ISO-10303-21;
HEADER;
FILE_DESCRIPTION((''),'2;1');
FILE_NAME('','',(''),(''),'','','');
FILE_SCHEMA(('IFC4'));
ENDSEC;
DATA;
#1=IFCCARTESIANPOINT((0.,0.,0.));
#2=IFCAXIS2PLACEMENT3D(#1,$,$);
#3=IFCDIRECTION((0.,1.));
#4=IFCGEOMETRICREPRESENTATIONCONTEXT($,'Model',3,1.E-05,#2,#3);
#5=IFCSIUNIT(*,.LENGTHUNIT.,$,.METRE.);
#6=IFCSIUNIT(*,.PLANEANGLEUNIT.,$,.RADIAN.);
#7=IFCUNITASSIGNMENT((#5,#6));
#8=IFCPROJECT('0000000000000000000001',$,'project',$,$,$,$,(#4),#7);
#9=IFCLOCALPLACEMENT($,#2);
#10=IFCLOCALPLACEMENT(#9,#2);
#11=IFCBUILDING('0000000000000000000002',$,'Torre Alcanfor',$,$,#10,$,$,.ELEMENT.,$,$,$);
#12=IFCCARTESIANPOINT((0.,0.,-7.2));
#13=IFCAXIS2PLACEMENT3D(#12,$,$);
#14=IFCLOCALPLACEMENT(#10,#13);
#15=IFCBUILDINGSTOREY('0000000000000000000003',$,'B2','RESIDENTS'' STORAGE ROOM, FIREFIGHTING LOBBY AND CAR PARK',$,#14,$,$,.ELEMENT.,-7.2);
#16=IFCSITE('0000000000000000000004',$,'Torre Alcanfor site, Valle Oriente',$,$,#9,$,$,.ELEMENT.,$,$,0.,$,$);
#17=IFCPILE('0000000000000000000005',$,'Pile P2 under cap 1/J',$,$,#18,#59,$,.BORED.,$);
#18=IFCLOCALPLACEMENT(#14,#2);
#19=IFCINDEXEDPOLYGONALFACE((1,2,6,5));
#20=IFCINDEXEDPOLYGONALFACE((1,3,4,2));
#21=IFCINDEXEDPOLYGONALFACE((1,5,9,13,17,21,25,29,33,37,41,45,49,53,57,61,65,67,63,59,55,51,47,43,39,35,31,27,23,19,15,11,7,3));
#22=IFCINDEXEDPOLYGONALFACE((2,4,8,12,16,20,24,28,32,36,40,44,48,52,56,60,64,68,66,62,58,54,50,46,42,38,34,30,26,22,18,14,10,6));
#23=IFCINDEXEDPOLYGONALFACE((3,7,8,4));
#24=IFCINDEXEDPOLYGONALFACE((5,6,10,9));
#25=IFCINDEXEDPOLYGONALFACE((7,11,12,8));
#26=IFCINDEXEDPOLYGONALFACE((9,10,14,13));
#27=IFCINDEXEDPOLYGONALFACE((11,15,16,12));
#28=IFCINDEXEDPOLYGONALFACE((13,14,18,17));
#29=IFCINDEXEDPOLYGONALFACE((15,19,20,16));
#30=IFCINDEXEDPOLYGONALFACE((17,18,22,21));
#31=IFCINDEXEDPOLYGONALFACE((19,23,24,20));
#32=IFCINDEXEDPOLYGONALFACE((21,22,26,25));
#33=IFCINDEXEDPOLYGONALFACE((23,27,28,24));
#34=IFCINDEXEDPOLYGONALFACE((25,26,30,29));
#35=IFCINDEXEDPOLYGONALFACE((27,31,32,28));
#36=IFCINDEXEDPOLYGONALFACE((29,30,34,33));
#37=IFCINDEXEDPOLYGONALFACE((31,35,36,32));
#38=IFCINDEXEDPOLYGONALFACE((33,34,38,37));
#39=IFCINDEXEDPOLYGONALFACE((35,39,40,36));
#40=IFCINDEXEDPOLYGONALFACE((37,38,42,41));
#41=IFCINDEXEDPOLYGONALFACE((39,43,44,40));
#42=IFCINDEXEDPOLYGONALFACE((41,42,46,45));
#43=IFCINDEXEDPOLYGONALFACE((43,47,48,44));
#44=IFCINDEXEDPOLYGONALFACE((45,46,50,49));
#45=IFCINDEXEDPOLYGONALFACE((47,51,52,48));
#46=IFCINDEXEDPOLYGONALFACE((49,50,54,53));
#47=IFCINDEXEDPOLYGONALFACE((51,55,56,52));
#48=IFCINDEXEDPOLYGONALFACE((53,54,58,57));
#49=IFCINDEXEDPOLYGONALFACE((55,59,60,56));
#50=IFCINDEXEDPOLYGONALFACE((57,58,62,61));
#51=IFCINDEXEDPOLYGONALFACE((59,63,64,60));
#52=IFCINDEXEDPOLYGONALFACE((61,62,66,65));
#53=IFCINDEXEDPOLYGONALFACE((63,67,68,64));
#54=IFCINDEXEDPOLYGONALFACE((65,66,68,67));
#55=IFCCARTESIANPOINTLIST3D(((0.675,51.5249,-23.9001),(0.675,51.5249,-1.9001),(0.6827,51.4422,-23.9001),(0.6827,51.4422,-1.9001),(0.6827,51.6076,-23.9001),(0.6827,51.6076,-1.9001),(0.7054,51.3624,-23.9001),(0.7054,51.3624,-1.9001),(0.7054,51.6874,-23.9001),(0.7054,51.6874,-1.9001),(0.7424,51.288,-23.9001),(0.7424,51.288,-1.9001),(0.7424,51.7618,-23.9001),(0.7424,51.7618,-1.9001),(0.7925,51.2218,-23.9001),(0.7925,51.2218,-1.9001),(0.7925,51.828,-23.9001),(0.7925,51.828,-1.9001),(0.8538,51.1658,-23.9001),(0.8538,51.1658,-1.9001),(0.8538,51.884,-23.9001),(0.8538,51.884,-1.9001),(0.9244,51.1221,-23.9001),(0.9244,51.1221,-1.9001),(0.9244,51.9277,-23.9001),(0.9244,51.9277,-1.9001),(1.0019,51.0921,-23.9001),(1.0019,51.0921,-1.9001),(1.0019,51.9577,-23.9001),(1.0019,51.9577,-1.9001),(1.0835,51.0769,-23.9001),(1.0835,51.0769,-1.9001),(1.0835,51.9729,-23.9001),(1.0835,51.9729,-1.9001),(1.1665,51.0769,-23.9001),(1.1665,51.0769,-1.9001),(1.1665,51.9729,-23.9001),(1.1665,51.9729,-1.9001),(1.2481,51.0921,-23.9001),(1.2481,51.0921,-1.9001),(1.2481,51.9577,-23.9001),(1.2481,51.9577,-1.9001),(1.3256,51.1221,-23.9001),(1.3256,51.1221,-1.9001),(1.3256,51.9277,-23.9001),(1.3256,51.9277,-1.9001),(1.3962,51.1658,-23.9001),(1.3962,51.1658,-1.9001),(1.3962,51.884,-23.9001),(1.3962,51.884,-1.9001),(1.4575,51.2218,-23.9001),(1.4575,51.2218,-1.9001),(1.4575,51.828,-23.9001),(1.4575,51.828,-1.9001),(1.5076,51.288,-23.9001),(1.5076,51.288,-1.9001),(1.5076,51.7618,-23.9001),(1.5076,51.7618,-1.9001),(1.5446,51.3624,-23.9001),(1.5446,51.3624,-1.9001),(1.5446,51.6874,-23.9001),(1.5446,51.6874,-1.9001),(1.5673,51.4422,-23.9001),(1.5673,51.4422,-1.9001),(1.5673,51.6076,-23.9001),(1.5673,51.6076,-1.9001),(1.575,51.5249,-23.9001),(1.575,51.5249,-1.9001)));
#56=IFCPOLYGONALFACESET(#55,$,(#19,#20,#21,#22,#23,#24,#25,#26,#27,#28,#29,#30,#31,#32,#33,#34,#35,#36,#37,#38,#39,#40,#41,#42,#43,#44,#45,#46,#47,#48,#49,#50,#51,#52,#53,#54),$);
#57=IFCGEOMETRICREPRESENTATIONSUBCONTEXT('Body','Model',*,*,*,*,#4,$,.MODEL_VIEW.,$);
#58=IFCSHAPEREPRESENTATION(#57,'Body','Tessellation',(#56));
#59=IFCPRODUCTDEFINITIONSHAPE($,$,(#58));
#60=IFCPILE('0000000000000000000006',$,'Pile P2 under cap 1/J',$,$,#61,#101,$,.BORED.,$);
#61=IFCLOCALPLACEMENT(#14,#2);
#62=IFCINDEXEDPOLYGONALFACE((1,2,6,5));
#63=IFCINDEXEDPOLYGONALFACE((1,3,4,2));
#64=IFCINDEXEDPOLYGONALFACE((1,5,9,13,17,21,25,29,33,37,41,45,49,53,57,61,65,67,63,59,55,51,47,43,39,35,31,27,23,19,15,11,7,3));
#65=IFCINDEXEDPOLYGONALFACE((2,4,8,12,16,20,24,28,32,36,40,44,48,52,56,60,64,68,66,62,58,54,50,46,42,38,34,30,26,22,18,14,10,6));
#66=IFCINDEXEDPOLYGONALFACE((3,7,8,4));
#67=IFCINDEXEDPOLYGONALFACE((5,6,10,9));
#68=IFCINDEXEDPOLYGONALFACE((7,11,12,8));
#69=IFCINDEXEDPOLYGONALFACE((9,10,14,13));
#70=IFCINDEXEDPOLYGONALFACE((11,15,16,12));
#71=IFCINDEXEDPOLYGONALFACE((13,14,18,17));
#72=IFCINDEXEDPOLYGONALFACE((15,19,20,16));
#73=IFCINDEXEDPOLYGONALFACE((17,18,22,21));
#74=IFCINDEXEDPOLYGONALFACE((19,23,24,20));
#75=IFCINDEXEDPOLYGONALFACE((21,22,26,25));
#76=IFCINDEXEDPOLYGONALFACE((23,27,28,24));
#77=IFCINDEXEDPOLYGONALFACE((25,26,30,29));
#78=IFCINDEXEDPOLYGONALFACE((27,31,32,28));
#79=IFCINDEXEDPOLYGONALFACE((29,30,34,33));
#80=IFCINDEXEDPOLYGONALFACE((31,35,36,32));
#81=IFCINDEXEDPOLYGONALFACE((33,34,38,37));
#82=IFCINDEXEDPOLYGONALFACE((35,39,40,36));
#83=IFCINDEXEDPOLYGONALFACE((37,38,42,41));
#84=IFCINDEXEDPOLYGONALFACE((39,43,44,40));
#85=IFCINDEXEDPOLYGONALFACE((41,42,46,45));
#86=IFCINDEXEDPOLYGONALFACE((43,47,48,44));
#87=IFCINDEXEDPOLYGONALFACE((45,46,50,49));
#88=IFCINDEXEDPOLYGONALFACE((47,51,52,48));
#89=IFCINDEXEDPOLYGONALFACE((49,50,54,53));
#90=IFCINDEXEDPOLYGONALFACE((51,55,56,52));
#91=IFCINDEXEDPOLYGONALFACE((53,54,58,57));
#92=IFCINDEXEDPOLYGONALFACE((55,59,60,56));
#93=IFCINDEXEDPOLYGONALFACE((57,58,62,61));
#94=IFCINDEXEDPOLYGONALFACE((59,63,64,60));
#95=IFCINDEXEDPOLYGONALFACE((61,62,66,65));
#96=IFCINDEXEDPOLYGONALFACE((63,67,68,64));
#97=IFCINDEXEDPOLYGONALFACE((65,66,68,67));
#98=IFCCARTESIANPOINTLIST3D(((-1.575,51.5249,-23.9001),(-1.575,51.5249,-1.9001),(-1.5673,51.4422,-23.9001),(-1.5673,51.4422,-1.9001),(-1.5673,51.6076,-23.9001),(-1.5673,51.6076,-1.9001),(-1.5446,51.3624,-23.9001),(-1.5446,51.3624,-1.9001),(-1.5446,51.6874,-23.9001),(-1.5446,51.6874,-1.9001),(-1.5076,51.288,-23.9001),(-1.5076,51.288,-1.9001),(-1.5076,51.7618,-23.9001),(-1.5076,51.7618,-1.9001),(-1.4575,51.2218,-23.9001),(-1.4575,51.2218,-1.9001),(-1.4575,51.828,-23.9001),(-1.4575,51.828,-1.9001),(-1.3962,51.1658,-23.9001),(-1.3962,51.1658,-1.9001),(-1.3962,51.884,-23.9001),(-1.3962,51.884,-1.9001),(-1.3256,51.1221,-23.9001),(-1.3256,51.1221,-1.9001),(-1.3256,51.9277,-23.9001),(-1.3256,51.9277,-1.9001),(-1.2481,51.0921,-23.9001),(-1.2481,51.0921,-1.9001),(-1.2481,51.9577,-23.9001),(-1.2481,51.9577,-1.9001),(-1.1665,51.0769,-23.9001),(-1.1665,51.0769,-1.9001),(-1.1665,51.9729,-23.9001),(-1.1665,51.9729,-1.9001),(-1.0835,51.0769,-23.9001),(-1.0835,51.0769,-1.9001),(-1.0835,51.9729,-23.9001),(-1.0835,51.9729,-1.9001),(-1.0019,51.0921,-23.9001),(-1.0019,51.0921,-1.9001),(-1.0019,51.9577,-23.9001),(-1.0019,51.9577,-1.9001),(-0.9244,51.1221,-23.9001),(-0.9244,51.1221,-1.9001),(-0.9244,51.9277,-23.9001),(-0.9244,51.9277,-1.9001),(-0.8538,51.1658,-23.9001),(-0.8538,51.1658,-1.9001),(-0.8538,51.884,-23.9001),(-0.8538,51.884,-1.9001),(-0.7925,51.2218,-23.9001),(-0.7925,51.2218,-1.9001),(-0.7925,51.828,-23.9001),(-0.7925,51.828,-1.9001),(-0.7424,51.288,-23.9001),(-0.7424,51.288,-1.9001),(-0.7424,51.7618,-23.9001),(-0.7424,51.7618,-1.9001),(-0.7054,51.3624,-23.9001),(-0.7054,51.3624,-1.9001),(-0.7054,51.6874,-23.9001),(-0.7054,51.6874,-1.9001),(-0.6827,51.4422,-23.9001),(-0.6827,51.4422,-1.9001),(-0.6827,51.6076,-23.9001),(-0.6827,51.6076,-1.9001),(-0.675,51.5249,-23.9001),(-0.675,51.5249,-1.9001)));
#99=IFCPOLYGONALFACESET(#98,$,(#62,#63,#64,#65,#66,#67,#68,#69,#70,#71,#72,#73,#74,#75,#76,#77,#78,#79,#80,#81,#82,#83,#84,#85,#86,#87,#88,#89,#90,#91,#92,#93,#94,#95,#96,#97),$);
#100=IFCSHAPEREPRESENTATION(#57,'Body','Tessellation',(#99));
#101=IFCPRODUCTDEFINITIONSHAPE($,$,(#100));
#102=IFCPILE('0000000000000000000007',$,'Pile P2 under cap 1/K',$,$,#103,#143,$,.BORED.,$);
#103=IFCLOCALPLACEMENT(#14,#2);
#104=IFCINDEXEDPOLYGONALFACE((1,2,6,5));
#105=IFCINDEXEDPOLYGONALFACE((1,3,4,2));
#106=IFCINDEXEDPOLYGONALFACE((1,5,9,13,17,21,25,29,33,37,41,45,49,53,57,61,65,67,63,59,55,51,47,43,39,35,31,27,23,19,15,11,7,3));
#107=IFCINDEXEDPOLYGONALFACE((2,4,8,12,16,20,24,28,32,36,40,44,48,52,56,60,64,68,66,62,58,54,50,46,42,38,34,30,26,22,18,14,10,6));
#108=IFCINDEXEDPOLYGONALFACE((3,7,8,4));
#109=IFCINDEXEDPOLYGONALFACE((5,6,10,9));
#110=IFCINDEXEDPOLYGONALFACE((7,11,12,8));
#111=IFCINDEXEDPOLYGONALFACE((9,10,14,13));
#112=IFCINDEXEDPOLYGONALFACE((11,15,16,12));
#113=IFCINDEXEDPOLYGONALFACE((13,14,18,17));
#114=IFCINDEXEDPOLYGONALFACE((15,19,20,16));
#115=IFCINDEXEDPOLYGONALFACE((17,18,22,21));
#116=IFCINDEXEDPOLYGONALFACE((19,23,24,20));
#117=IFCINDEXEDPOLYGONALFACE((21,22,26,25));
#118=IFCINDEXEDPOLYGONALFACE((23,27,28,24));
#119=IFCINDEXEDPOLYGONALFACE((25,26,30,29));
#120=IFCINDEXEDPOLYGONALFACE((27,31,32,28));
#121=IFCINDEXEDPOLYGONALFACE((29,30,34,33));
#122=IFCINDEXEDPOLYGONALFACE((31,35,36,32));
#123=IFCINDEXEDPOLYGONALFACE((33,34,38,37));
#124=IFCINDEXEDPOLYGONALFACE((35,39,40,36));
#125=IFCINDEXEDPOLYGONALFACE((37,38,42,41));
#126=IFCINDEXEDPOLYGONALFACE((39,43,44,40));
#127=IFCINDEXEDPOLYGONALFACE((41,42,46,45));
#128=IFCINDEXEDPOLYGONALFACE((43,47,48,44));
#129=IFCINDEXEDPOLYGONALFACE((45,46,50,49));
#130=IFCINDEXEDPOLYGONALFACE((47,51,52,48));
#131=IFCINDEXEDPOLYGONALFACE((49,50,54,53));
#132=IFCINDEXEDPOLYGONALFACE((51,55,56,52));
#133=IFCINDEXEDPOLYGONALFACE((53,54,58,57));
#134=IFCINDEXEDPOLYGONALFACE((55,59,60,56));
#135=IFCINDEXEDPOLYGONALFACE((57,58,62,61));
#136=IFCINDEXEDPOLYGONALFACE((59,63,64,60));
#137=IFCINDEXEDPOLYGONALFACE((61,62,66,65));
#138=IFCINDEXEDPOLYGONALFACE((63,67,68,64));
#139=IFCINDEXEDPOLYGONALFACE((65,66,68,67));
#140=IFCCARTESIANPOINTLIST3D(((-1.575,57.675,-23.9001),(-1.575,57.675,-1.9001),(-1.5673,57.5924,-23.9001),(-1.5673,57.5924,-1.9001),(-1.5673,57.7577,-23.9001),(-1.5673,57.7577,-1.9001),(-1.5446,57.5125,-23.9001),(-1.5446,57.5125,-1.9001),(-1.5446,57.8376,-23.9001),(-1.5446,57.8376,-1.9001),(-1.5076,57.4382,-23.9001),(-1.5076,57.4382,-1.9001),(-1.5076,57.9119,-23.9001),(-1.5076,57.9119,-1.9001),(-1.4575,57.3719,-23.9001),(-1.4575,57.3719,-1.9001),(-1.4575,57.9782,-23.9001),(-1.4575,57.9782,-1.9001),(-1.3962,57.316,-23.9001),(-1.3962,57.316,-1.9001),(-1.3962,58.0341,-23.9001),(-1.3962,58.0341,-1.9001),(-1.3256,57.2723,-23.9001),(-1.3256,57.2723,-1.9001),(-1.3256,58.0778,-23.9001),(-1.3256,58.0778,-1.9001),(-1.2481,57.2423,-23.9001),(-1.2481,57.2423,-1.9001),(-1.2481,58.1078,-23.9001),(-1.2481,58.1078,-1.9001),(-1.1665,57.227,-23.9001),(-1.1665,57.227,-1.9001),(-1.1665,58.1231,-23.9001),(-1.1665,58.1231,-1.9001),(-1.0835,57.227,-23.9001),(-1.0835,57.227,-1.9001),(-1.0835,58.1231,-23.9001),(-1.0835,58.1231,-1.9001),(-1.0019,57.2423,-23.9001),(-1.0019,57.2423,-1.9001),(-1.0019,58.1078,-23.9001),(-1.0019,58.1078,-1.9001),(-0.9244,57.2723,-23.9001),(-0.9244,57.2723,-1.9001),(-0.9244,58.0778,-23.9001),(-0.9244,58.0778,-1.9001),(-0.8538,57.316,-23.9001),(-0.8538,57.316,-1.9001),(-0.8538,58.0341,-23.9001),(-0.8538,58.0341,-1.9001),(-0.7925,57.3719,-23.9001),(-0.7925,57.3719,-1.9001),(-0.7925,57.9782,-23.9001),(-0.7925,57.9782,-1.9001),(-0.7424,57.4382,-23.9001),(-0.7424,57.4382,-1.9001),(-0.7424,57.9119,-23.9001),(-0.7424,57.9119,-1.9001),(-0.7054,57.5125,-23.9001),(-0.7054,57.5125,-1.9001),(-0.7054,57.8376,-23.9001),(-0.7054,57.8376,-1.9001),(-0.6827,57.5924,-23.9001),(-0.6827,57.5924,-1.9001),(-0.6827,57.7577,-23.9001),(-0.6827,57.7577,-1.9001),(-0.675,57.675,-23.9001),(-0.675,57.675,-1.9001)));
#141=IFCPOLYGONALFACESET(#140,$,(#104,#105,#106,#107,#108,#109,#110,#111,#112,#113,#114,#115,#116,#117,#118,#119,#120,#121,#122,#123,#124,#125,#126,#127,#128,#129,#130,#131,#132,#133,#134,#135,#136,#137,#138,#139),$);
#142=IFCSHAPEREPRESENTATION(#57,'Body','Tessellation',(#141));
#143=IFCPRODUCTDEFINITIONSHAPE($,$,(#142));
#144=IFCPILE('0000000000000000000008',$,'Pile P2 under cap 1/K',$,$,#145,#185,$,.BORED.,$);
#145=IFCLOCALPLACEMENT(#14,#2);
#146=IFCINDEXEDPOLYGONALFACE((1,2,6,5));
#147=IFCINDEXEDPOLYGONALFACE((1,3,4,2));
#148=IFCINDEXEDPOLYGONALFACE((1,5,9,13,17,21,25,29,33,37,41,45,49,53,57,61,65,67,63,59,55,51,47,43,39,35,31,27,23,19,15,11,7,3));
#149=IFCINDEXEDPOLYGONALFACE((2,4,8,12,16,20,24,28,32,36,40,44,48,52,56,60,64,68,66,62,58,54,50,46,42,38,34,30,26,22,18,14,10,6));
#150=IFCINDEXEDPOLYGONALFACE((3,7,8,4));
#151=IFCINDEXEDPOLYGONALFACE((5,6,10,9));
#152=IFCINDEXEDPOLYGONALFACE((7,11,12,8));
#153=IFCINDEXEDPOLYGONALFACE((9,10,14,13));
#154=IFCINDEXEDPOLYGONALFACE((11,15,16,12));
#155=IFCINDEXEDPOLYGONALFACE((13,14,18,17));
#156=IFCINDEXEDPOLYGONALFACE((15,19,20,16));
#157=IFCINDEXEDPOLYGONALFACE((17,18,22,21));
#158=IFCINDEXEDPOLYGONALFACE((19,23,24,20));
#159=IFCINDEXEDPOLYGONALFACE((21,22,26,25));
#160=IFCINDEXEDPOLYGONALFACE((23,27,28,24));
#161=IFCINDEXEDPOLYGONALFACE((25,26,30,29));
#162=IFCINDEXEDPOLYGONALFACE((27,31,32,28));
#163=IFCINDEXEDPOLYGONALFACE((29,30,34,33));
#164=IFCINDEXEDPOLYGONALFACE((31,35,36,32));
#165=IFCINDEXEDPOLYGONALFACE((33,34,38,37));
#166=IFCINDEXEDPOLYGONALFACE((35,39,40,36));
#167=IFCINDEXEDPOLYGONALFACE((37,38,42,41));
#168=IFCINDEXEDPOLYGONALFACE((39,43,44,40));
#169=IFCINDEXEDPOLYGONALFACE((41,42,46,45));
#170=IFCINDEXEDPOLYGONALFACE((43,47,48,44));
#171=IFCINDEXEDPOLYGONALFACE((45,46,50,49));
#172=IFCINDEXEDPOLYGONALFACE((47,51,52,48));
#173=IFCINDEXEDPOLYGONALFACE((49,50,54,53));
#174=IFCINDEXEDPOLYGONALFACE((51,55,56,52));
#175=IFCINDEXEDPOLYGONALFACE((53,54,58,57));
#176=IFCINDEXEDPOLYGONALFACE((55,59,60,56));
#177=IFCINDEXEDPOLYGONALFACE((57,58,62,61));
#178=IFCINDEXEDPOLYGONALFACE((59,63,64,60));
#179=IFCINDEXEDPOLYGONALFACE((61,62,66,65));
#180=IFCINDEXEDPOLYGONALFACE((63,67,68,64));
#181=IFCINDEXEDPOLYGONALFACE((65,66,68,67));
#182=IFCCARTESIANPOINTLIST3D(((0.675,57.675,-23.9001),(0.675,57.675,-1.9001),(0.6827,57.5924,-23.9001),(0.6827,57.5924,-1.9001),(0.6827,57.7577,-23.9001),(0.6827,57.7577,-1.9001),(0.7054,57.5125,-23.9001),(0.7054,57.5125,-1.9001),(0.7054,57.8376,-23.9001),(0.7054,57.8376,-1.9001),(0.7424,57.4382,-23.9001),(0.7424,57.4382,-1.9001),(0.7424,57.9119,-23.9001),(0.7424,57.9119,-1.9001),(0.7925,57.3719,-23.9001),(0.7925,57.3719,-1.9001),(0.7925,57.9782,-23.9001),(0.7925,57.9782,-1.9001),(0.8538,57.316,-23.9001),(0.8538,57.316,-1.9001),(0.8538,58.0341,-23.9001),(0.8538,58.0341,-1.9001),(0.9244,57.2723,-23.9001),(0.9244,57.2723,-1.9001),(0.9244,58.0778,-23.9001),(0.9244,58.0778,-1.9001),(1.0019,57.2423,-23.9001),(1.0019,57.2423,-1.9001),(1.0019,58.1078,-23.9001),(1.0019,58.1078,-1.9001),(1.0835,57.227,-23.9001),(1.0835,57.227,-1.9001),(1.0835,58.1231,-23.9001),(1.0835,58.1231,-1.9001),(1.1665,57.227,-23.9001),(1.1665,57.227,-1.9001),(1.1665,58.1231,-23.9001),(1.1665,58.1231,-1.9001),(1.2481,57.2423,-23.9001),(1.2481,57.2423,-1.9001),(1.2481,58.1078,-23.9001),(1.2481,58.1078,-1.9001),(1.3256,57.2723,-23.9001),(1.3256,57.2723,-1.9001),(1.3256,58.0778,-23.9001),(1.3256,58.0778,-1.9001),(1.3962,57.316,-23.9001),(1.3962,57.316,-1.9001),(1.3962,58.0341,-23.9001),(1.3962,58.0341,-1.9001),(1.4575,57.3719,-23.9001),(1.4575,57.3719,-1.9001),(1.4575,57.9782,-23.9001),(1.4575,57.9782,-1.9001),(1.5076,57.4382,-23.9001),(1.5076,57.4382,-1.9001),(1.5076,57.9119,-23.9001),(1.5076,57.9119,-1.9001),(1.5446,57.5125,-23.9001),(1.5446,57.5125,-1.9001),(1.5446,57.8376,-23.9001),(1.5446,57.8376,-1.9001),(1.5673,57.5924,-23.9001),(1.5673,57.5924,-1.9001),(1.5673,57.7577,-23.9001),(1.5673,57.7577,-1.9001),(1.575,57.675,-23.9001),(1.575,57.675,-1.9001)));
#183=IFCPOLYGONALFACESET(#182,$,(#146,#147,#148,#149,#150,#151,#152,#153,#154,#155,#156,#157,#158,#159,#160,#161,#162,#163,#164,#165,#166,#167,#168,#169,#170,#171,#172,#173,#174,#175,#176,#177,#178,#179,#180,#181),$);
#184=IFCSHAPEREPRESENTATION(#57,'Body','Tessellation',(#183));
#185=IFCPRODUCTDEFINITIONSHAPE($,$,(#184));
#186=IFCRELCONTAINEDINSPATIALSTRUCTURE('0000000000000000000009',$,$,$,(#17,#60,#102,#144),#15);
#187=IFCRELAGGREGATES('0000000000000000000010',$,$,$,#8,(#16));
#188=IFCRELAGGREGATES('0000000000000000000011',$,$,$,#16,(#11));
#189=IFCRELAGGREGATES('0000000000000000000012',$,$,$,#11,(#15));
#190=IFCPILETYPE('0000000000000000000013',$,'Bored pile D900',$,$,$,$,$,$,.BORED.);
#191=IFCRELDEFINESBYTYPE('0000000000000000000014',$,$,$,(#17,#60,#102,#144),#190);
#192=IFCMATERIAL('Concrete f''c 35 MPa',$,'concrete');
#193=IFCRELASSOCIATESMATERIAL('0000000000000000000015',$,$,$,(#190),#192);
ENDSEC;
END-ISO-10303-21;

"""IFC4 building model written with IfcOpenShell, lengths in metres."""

from ifc_helpers import new_model, si_unit, direction, frame, origin, origin_2d, place, context, subcontext, project, spatial, circle, extrude, material, material_profile, profile_set, type_object, element, save


model = new_model("IFC4")

# Units and contexts
model_context = context("Model", 3, precision=1e-05, world=origin(), true_north=direction((0.0, 1.0)))
body_context = subcontext(model_context, "Body", "Model", "MODEL_VIEW")
ifc_project = project(units=[si_unit("LENGTHUNIT", "METRE"), si_unit("PLANEANGLEUNIT", "RADIAN")], contexts=[model_context])

# Site, building, storey
site_placement = place(None, origin())
site = spatial("IfcSite", under=ifc_project, at=site_placement, Name="Torre Alcanfor site, Valle Oriente", CompositionType="ELEMENT", RefElevation=0.0)
building_placement = place(site_placement, origin())
building = spatial("IfcBuilding", under=site, at=building_placement, Name="Torre Alcanfor", CompositionType="ELEMENT")
storey_placement = place(building_placement, frame((0.0, 0.0, -7.2)))
storey = spatial("IfcBuildingStorey", under=building, at=storey_placement, Name="B2", Description="RESIDENTS' STORAGE ROOM, FIREFIGHTING LOBBY AND CAR PARK", CompositionType="ELEMENT", Elevation=-7.2)

# Piles
ifc_material_1 = material(Name="Concrete f'c 35 MPa", Category="concrete")
ifc_material_profile_1 = material_profile(ifc_material_1, circle(Radius=0.45, at=origin_2d()), Name="D900")
ifc_profile_set_1 = profile_set([ifc_material_profile_1], Name="Concrete f'c 35 MPa")
pile_type = type_object("IfcPileType", Name="Bored pile D900", PredefinedType="BORED", material=ifc_profile_set_1)
for number, where, z_axis, x_axis, name in (
    (1, (1.125, 51.5249, -1.9001), (0.0, 0.0, -1.0), (1.0, 0.0, 0.0), "Pile P2 under cap 1/J"),
    (2, (-1.125, 51.5249, -1.9001), (0.0, 0.0, -1.0), (1.0, 0.0, 0.0), "Pile P2 under cap 1/J"),
    (3, (-1.125, 57.675, -1.9001), (0.0, 0.0, -1.0), (1.0, 0.0, 0.0), "Pile P2 under cap 1/K"),
    (4, (1.125, 57.675, -1.9001), (0.0, 0.0, -1.0), (1.0, 0.0, 0.0), "Pile P2 under cap 1/K"),
):
    element("IfcPile", number, at=place(storey_placement, frame(where, z_axis=z_axis, x_axis=x_axis)), inside=storey, type_object=pile_type, Name=name, PredefinedType="BORED", context=body_context, shape_type="SweptSolid", body=[
        extrude(circle(Radius=0.45, at=origin_2d()), origin(), (0.0, 0.0, 1.0), 22.0),
    ])

save(model, "model.ifc")
